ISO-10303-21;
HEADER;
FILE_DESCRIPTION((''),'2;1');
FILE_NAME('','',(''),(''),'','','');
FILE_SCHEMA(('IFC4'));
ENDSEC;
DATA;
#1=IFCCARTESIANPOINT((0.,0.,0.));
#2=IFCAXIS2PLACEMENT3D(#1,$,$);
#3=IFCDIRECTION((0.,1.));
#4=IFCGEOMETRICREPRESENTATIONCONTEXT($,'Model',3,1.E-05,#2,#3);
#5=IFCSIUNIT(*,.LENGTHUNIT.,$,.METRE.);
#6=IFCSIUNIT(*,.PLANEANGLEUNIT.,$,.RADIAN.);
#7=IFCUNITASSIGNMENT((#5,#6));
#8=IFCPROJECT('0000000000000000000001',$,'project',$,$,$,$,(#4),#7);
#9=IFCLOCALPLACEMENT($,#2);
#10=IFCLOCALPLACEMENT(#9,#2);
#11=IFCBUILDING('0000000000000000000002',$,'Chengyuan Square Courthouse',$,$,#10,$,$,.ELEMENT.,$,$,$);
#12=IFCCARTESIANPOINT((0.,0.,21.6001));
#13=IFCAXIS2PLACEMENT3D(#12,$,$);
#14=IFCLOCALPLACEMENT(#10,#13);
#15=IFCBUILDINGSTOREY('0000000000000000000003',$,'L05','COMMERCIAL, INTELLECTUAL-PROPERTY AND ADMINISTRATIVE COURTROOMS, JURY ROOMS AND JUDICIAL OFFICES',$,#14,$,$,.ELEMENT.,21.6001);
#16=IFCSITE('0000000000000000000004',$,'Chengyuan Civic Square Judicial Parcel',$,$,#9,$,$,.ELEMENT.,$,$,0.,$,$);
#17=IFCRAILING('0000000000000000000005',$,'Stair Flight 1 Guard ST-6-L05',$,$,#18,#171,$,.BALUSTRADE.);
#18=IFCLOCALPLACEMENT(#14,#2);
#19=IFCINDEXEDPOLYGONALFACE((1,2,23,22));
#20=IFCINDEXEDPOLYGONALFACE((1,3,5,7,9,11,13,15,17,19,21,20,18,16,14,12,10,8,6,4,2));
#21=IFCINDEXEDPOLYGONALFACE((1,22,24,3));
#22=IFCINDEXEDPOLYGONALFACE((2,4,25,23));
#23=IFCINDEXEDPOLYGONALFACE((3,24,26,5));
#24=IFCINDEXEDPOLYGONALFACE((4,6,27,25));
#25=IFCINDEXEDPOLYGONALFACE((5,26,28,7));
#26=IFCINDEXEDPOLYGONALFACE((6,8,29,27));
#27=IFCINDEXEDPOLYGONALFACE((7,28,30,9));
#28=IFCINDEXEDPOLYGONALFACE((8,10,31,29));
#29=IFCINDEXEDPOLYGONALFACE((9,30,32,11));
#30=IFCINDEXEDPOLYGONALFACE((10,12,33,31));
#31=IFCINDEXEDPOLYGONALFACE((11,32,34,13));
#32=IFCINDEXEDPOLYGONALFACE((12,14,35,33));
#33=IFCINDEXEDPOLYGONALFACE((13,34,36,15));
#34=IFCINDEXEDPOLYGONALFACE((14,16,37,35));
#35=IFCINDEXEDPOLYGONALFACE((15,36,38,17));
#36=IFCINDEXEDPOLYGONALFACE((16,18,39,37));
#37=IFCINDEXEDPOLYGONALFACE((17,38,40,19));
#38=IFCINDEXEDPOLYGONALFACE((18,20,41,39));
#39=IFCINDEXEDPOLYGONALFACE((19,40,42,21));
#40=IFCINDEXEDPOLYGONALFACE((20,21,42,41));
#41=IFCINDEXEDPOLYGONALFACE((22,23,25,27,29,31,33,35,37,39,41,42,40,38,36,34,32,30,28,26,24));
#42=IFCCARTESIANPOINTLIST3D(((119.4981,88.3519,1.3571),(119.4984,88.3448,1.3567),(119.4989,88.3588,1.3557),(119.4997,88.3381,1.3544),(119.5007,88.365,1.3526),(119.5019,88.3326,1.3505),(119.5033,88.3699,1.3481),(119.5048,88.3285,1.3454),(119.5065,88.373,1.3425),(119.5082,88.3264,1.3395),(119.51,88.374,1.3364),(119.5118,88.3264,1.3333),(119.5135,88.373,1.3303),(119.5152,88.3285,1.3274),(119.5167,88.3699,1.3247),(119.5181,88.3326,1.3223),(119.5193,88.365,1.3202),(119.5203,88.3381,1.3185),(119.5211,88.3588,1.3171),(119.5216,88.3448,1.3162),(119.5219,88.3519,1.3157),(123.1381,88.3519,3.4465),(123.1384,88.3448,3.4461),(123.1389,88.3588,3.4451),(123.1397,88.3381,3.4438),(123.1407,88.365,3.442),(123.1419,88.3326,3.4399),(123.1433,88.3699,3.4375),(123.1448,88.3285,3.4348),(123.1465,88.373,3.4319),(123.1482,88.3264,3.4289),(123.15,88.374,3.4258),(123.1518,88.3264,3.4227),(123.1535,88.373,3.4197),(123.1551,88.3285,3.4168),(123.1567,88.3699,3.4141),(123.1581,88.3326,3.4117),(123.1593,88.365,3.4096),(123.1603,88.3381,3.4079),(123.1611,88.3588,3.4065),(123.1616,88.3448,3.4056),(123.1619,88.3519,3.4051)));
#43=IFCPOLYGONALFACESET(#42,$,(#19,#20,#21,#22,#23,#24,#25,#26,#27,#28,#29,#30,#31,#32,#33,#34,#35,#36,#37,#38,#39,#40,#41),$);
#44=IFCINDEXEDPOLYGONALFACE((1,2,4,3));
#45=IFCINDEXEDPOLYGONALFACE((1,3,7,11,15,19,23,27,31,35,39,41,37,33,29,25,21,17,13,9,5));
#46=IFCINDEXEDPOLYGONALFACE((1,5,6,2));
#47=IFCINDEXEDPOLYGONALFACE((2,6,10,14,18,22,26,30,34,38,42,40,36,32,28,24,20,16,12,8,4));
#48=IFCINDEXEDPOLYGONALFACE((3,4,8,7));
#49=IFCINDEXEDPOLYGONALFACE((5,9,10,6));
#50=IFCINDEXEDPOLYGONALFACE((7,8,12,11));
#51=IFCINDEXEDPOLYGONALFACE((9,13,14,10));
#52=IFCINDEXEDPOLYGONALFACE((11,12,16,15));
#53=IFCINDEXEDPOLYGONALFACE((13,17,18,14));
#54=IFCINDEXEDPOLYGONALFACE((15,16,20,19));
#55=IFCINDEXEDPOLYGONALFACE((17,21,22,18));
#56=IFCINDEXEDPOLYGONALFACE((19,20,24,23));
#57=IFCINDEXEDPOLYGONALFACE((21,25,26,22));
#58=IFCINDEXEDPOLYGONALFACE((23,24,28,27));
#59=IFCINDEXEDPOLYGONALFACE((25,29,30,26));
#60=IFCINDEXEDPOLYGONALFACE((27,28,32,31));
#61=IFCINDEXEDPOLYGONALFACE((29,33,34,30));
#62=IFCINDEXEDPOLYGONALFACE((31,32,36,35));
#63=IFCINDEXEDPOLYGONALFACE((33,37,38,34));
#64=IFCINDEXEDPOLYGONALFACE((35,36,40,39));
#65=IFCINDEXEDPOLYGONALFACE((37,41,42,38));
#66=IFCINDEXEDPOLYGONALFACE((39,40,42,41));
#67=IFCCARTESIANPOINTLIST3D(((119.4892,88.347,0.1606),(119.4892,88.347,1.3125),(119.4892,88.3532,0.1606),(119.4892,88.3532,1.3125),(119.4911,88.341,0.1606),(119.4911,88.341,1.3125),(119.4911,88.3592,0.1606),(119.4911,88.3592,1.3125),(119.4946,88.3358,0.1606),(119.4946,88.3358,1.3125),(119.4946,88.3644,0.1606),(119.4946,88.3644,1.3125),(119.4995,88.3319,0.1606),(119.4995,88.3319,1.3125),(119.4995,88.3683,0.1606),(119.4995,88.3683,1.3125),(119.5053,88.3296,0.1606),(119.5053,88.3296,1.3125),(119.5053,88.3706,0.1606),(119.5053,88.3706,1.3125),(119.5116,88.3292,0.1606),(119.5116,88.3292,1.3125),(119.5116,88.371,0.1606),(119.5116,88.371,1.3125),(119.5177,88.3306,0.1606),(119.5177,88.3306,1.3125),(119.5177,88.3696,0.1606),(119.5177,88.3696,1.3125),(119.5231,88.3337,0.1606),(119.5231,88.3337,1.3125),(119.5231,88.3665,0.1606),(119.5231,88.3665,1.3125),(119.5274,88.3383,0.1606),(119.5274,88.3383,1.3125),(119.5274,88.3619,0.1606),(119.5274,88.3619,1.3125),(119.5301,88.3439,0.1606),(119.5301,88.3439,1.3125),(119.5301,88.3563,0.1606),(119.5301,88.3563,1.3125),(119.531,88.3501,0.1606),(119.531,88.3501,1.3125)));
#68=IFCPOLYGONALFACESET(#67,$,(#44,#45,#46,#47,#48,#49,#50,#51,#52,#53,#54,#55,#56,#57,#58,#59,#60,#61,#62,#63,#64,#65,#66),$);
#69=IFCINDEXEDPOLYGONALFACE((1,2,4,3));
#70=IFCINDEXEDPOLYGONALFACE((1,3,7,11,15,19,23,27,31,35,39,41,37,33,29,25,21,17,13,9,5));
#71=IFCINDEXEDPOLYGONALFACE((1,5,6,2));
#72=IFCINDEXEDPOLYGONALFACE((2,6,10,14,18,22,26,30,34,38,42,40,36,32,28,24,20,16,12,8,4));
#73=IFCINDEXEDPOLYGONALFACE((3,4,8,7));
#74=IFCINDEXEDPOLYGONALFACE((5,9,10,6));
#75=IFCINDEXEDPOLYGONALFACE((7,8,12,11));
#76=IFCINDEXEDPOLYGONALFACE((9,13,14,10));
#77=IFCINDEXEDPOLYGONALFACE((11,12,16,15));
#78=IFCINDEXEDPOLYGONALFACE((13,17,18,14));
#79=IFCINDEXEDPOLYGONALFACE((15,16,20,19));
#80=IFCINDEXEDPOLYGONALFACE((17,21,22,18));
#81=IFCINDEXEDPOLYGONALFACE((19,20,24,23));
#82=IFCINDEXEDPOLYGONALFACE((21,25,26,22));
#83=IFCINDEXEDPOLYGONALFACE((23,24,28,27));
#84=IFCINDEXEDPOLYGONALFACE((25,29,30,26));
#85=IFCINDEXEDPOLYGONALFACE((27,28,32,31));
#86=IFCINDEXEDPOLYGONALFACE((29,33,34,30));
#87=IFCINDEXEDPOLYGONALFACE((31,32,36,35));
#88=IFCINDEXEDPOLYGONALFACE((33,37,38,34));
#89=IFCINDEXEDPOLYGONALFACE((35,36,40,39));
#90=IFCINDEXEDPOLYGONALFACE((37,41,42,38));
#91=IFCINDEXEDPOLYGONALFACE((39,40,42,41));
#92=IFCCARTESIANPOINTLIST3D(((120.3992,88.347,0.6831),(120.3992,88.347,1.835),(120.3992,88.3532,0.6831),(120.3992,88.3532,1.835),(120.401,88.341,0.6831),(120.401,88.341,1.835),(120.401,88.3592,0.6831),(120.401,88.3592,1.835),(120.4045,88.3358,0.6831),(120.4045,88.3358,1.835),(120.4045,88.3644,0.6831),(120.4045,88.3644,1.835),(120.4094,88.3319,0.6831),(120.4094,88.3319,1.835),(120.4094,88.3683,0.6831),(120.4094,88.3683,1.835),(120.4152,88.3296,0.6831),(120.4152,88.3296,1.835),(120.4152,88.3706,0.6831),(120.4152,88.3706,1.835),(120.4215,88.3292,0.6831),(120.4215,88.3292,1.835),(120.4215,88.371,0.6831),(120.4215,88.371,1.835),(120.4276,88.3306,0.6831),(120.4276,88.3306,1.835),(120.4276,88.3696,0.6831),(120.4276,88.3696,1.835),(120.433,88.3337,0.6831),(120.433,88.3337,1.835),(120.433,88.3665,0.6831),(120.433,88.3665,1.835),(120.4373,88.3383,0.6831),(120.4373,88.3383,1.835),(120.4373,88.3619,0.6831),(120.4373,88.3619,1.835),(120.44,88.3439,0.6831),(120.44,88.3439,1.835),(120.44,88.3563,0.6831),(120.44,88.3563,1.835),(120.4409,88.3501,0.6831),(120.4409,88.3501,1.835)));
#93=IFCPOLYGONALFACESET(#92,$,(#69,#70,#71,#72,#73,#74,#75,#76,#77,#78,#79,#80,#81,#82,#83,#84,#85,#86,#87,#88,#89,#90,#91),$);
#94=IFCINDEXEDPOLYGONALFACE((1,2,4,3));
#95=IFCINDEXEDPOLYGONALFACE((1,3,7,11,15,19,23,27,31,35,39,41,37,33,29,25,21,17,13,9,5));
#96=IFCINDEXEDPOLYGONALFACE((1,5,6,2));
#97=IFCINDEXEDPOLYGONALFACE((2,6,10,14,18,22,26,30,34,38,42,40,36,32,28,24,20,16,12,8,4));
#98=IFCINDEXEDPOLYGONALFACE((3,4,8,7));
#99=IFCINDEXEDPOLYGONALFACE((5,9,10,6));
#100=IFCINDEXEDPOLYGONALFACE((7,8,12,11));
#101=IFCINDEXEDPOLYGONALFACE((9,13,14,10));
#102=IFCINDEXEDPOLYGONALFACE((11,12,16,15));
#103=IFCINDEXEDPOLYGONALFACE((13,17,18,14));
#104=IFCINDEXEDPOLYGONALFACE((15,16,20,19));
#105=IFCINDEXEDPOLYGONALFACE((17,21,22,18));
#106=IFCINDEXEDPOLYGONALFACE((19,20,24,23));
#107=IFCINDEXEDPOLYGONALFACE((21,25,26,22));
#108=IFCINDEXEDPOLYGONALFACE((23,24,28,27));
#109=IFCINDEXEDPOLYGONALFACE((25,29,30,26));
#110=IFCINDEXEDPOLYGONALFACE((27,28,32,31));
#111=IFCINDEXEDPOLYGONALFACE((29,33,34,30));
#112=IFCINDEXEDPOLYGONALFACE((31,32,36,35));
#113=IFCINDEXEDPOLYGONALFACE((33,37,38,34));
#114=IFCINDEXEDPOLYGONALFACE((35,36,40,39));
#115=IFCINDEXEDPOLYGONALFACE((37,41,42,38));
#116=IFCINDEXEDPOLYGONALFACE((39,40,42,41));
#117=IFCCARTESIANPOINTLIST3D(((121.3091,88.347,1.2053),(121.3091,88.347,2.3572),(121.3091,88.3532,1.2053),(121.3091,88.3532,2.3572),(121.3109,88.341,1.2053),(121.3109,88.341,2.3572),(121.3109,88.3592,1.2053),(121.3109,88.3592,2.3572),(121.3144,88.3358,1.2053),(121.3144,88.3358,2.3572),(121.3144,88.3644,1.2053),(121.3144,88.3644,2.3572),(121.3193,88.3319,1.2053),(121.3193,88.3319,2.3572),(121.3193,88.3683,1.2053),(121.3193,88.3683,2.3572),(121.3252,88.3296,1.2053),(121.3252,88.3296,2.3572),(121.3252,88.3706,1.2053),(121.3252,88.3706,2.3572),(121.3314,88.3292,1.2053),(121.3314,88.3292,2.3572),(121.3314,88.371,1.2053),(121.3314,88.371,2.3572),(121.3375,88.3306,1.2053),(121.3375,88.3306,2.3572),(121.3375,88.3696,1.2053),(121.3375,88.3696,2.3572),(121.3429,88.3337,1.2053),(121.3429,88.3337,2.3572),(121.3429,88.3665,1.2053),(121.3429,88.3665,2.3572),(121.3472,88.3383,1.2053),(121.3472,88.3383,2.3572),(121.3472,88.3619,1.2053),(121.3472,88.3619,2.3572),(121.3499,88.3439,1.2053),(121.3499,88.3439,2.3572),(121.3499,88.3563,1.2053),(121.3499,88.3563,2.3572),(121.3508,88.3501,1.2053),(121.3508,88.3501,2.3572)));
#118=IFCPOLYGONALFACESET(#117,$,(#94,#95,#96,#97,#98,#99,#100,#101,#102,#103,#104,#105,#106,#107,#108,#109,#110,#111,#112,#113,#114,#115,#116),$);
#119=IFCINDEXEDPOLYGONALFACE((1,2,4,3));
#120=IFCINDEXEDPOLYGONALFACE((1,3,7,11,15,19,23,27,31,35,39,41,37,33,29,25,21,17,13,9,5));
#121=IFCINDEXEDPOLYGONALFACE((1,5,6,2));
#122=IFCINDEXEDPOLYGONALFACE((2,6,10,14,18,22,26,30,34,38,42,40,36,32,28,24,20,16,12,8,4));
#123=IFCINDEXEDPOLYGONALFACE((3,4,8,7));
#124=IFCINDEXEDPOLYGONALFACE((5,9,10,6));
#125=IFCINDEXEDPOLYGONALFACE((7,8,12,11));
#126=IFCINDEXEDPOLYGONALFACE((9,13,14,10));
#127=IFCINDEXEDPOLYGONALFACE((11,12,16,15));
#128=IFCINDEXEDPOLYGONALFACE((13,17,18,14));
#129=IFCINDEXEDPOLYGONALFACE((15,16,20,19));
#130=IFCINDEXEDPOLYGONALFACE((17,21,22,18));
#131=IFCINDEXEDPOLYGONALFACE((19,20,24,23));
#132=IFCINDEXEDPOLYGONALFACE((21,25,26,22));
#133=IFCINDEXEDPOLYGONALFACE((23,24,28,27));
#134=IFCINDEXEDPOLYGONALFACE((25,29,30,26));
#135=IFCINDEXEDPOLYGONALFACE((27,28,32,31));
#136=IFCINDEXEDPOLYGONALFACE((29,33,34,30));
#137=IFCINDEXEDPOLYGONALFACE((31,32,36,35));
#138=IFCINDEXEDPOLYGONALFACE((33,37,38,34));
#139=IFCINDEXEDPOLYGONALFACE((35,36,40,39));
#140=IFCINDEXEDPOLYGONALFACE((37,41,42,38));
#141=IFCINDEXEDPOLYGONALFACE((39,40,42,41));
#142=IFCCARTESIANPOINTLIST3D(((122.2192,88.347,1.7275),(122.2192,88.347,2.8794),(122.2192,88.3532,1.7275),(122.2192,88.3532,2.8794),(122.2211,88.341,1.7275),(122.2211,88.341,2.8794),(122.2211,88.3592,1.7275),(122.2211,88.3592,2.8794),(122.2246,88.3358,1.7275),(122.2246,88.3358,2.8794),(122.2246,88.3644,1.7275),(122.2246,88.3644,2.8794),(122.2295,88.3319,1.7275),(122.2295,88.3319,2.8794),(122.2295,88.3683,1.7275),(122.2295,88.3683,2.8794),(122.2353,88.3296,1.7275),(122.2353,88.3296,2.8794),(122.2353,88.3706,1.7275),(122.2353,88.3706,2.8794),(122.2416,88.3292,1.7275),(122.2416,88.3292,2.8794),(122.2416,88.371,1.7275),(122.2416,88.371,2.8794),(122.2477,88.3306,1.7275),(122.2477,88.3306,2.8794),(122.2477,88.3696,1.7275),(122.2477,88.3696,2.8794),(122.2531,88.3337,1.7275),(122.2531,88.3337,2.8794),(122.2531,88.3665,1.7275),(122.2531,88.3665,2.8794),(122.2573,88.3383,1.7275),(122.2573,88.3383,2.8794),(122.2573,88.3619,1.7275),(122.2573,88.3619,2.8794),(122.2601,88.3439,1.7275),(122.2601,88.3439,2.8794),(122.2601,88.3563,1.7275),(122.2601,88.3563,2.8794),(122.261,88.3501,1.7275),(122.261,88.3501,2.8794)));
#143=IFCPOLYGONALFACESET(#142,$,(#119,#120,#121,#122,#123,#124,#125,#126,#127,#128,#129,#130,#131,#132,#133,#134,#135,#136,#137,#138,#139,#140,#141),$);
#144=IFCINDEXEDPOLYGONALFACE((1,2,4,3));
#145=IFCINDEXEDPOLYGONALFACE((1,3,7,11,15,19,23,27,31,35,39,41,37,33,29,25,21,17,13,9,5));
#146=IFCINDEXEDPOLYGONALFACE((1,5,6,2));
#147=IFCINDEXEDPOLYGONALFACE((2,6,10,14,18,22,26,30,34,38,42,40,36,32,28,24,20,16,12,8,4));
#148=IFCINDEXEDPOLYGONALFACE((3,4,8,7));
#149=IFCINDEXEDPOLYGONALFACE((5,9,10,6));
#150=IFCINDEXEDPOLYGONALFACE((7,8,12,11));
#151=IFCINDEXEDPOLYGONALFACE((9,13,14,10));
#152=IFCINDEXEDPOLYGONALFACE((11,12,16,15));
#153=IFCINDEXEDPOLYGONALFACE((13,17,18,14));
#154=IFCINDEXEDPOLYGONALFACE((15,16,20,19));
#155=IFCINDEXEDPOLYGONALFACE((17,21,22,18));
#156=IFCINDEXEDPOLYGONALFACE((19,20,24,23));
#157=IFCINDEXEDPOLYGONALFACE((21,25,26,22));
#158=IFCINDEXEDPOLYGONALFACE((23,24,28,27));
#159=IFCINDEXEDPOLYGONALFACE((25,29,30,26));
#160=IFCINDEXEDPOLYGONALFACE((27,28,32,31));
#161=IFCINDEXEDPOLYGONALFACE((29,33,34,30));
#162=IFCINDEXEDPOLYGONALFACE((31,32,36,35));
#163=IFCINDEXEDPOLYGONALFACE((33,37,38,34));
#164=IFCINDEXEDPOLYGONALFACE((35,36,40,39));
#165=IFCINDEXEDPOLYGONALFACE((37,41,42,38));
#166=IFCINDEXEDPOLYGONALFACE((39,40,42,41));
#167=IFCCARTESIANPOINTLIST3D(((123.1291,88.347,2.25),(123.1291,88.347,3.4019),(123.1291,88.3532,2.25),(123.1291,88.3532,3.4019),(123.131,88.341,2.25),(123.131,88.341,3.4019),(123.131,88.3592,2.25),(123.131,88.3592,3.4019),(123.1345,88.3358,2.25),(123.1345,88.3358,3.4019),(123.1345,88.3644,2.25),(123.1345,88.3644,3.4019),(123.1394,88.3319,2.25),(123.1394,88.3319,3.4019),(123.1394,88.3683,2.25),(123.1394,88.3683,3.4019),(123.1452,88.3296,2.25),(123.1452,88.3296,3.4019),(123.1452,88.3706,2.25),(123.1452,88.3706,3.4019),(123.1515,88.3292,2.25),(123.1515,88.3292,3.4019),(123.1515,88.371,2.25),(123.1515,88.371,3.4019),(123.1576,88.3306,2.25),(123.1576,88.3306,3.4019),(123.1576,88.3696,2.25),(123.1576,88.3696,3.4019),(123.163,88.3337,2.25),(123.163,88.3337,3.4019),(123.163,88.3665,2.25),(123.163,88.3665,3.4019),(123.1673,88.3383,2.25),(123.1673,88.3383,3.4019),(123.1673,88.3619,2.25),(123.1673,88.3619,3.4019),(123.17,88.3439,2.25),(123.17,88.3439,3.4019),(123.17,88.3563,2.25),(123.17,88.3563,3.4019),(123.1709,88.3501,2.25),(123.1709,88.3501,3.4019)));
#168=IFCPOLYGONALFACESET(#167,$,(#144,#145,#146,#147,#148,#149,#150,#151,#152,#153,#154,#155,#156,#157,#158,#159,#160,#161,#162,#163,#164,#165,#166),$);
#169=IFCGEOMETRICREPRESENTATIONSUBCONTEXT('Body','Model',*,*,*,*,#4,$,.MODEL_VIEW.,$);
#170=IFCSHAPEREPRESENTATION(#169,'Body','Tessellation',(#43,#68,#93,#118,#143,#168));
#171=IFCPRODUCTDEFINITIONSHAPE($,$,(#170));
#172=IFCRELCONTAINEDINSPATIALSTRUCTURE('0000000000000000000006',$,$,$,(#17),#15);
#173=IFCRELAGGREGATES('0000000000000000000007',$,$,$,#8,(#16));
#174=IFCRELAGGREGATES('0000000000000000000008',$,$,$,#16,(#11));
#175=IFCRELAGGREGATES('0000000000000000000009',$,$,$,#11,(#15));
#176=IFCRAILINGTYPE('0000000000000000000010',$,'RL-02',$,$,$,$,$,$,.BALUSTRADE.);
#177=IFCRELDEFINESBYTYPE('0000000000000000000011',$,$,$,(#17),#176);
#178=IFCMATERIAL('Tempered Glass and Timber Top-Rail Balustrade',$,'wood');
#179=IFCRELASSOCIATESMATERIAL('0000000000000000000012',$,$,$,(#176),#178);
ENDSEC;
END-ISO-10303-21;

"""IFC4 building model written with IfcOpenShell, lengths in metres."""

from ifc_helpers import new_model, si_unit, direction, frame, origin, origin_2d, place, context, subcontext, project, spatial, circle, extrude, material, type_object, element, save


model = new_model("IFC4")

# Units and contexts
model_context = context("Model", 3, precision=1e-05, world=origin(), true_north=direction((0.0, 1.0)))
body_context = subcontext(model_context, "Body", "Model", "MODEL_VIEW")
ifc_project = project(units=[si_unit("LENGTHUNIT", "METRE"), si_unit("PLANEANGLEUNIT", "RADIAN")], contexts=[model_context])

# Site, building, storey
site_placement = place(None, origin())
site = spatial("IfcSite", under=ifc_project, at=site_placement, Name="Chengyuan Civic Square Judicial Parcel", CompositionType="ELEMENT", RefElevation=0.0)
building_placement = place(site_placement, origin())
building = spatial("IfcBuilding", under=site, at=building_placement, Name="Chengyuan Square Courthouse", CompositionType="ELEMENT")
storey_placement = place(building_placement, frame((0.0, 0.0, 21.6001)))
storey = spatial("IfcBuildingStorey", under=building, at=storey_placement, Name="L05", Description="COMMERCIAL, INTELLECTUAL-PROPERTY AND ADMINISTRATIVE COURTROOMS, JURY ROOMS AND JUDICIAL OFFICES", CompositionType="ELEMENT", Elevation=21.6001)

# Railing
ifc_material_1 = material(Name="Tempered Glass and Timber Top-Rail Balustrade", Category="wood")
railing_type_1 = type_object("IfcRailingType", Name="RL-02", PredefinedType="BALUSTRADE", material=ifc_material_1)
railing_1_placement = place(storey_placement, frame((119.51, 88.3501, 0.1606)))
element("IfcRailing", 1, at=railing_1_placement, inside=storey, type_object=railing_type_1, Name="Stair Flight 1 Guard ST-6-L05", PredefinedType="BALUSTRADE", context=body_context, shape_type="SweptSolid", body=[
    extrude(circle(Radius=0.0239, at=origin_2d()), frame((0.0, 0.0, 1.1758), z_axis=(0.867275, 0.0, 0.497829), x_axis=(0.0, 1.0, 0.0)), (0.0, 0.0, 1.0), 4.197),
    extrude(circle(Radius=0.021, at=origin_2d()), origin(), (0.0, 0.0, 1.0), 1.1519),
    extrude(circle(Radius=0.021, at=origin_2d()), frame((0.9099, 0.0, 0.5225)), (0.0, 0.0, 1.0), 1.1519),
    extrude(circle(Radius=0.021, at=origin_2d()), frame((1.8198, 0.0, 1.0447)), (0.0, 0.0, 1.0), 1.1519),
    extrude(circle(Radius=0.021, at=origin_2d()), frame((2.73, 0.0, 1.5669)), (0.0, 0.0, 1.0), 1.1519),
    extrude(circle(Radius=0.021, at=origin_2d()), frame((3.6399, 0.0, 2.0894)), (0.0, 0.0, 1.0), 1.1519),
])

save(model, "model.ifc")
